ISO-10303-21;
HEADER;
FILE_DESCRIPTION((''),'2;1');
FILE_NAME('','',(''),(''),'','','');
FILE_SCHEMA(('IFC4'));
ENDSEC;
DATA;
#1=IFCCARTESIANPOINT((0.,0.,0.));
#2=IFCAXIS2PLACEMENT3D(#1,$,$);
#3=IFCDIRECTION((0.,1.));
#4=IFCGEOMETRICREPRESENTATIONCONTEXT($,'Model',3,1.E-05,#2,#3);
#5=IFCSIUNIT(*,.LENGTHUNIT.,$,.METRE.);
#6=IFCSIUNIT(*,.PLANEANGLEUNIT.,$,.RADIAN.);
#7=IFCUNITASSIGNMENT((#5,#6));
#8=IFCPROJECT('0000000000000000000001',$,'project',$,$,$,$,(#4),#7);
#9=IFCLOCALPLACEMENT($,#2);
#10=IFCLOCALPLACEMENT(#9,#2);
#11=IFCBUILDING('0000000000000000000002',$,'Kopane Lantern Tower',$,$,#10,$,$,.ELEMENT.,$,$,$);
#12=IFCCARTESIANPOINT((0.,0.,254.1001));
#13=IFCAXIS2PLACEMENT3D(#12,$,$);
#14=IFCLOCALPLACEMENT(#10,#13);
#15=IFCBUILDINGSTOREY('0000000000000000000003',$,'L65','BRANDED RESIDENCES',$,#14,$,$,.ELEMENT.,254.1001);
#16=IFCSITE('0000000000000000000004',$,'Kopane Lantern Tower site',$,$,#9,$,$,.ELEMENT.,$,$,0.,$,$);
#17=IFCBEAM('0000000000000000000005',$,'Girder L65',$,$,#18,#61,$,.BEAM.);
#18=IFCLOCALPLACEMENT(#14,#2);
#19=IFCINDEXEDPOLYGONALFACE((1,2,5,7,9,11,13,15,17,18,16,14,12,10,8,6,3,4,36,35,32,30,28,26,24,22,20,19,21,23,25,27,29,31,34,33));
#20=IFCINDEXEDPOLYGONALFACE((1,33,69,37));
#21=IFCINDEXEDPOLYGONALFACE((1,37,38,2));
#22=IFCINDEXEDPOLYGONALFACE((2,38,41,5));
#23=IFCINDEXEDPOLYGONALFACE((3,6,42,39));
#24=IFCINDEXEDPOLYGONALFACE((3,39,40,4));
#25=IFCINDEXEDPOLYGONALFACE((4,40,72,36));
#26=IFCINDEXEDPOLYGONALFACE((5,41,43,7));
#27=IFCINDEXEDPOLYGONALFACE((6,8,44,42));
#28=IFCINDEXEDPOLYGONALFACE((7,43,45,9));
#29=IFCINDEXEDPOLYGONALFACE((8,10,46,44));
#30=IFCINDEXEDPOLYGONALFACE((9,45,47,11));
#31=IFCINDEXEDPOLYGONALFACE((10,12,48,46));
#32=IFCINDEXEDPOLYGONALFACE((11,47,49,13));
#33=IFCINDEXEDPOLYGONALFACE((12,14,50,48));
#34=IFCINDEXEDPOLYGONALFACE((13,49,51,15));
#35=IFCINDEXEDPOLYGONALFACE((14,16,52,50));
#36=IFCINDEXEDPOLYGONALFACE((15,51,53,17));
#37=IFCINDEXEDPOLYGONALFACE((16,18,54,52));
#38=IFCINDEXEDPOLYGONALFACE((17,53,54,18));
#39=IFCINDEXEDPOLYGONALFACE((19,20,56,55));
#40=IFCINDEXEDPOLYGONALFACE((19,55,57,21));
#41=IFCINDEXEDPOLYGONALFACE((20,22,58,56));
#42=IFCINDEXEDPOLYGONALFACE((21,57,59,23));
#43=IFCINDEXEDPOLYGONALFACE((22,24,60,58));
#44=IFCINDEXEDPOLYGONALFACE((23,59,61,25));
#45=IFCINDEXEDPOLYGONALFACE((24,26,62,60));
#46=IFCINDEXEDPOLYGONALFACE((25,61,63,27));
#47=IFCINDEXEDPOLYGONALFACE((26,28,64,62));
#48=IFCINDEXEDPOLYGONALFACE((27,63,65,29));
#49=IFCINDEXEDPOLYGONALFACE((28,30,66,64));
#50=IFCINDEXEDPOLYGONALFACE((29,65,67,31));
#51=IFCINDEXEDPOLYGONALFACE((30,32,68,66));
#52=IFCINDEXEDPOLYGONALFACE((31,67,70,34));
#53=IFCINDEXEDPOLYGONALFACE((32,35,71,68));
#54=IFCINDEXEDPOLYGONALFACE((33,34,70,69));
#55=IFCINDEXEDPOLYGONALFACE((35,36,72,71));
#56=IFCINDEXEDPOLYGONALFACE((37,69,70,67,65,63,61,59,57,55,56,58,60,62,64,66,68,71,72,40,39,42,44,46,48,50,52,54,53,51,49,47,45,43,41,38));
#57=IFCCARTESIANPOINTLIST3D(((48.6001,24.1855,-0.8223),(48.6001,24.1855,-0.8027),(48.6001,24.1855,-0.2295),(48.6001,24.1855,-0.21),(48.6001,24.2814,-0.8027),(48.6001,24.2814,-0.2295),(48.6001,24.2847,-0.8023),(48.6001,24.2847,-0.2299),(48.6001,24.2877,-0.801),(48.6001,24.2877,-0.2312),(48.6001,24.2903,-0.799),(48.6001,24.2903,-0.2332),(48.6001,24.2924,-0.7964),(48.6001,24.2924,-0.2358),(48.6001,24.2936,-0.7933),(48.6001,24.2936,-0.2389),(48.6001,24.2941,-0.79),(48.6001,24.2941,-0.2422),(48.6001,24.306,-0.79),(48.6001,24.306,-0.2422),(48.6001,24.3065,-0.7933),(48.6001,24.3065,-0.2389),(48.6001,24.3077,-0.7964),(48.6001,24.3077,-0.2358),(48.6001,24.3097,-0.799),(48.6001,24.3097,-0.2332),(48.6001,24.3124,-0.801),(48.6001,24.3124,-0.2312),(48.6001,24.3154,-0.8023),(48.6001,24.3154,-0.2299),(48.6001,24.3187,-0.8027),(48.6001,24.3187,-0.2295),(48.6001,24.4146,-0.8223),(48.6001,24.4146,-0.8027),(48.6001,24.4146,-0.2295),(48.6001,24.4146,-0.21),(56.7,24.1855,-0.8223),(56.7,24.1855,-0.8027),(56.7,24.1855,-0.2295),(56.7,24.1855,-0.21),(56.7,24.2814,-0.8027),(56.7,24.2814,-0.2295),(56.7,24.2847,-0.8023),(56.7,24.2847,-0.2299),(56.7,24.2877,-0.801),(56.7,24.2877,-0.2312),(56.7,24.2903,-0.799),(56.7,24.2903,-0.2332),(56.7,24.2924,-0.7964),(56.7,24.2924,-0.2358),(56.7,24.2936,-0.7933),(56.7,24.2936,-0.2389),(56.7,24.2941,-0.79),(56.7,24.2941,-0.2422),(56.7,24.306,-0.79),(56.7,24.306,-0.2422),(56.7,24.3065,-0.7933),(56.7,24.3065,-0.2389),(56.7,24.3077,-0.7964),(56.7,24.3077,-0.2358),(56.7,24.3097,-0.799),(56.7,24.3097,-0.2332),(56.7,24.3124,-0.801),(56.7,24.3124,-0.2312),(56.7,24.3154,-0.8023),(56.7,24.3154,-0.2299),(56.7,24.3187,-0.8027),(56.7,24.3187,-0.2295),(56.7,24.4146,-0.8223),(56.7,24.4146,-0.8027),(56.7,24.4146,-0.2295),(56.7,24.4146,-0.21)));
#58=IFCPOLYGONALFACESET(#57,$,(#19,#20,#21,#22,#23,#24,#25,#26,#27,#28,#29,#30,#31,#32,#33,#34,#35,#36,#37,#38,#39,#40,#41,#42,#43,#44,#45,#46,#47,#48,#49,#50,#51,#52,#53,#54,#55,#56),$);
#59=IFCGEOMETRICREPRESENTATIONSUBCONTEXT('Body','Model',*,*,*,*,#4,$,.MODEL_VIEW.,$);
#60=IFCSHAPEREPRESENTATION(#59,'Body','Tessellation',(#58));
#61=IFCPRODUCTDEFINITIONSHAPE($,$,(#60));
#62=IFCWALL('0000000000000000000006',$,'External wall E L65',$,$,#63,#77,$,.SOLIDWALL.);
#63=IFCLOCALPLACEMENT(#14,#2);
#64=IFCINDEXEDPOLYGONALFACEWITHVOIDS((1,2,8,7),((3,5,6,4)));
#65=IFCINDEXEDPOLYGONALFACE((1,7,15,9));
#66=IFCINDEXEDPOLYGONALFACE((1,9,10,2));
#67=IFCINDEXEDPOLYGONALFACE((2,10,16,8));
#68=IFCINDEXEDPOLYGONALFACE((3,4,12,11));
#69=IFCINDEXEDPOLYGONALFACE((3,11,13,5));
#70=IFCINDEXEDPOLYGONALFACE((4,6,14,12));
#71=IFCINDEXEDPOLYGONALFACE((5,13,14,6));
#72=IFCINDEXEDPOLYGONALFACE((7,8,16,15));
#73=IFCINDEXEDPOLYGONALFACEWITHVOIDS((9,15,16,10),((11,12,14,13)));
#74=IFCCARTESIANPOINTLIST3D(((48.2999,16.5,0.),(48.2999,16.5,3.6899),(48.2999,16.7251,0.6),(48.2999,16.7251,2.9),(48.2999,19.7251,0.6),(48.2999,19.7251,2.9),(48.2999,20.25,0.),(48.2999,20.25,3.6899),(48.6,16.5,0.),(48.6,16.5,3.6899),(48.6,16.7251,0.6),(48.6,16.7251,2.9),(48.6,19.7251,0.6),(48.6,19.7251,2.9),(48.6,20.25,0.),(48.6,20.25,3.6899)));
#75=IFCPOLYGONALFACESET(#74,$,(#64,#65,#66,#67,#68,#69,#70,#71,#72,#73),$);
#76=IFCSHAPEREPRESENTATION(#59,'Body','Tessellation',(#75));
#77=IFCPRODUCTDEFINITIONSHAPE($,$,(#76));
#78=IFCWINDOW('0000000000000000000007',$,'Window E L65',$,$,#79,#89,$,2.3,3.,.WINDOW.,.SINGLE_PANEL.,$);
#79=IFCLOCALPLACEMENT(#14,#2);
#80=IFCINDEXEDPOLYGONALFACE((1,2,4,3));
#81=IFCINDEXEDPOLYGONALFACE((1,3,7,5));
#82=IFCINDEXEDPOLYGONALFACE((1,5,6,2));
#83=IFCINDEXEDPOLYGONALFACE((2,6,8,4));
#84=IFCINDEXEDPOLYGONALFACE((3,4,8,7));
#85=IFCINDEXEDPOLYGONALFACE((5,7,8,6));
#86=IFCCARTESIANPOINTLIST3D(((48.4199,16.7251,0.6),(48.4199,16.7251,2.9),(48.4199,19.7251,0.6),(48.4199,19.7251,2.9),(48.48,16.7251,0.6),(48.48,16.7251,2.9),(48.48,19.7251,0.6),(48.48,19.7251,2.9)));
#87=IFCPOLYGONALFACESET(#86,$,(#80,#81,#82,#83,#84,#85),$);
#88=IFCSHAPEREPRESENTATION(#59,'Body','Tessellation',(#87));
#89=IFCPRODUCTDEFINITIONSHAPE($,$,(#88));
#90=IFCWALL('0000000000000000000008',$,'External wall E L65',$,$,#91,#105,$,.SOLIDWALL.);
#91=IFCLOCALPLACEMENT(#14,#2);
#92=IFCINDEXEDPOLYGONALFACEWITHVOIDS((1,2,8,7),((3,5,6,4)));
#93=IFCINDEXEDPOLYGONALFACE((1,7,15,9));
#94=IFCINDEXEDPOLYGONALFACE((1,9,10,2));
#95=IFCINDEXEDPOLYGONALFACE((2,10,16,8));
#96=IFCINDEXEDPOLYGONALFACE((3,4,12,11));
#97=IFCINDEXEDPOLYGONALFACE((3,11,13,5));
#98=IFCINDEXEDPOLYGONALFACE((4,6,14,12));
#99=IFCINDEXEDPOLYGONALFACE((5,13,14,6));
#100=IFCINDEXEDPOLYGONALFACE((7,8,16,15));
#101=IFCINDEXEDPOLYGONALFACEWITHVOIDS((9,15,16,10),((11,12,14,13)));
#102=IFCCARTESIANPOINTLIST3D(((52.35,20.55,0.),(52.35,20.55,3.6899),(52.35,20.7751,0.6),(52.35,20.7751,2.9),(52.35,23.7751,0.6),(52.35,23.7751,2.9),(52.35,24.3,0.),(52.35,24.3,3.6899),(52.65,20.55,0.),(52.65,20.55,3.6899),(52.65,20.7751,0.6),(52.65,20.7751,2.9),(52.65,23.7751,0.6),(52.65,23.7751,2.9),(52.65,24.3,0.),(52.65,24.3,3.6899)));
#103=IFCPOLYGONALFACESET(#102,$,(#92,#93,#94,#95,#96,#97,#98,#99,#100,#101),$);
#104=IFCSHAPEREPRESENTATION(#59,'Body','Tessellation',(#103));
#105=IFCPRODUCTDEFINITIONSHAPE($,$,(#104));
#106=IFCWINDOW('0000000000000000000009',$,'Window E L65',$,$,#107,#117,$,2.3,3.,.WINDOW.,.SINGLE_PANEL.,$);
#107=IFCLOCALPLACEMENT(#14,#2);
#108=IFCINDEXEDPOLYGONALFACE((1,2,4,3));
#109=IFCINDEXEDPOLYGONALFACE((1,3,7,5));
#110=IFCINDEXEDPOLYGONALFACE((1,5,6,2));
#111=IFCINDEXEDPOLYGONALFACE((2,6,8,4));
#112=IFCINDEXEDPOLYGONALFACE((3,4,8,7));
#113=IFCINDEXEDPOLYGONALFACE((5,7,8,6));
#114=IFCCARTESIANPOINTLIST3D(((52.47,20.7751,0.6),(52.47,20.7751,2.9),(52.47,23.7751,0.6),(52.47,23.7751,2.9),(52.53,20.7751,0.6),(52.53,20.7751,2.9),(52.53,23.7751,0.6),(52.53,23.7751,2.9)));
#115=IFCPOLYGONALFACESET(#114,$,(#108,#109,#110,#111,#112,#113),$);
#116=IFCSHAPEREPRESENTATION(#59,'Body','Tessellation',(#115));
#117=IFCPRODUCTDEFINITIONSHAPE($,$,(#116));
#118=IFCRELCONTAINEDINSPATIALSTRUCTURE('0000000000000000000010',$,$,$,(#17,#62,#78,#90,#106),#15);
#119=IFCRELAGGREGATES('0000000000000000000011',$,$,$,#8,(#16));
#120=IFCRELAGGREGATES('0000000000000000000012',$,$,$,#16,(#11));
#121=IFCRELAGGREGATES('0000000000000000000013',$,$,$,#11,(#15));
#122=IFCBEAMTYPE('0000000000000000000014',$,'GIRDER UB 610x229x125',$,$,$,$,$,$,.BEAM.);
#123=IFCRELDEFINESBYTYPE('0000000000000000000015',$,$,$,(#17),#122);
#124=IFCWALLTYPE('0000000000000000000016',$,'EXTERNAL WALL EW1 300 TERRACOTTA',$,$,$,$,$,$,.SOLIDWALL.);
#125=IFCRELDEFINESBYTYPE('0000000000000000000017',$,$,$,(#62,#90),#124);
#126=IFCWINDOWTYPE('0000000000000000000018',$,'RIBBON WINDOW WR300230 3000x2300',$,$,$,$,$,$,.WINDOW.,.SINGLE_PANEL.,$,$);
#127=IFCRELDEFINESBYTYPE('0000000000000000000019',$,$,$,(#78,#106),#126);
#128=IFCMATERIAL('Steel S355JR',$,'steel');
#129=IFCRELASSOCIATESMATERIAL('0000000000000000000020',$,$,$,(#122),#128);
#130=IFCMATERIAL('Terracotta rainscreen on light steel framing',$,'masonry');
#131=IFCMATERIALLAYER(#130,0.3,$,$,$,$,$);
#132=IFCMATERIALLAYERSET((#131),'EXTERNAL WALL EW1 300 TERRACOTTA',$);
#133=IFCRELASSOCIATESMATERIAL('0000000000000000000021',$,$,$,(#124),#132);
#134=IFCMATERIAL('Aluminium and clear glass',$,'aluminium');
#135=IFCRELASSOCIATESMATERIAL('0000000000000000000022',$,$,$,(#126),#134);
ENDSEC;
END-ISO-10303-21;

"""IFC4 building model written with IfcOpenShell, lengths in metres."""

from ifc_helpers import new_model, si_unit, direction, frame, frame_2d, origin, origin_2d, place, context, subcontext, project, spatial, rectangle, i_section, extrude, material, layer, layer_set, material_profile, profile_set, type_object, element, fill, save


model = new_model("IFC4")

# Units and contexts
model_context = context("Model", 3, precision=1e-05, world=origin(), true_north=direction((0.0, 1.0)))
body_context = subcontext(model_context, "Body", "Model", "MODEL_VIEW")
ifc_project = project(units=[si_unit("LENGTHUNIT", "METRE"), si_unit("PLANEANGLEUNIT", "RADIAN")], contexts=[model_context])

# Site, building, storey
site_placement = place(None, origin())
site = spatial("IfcSite", under=ifc_project, at=site_placement, Name="Kopane Lantern Tower site", CompositionType="ELEMENT", RefElevation=0.0)
building_placement = place(site_placement, origin())
building = spatial("IfcBuilding", under=site, at=building_placement, Name="Kopane Lantern Tower", CompositionType="ELEMENT")
storey_placement = place(building_placement, frame((0.0, 0.0, 254.1001)))
storey = spatial("IfcBuildingStorey", under=building, at=storey_placement, Name="L65", Description="BRANDED RESIDENCES", CompositionType="ELEMENT", Elevation=254.1001)

# Beam
ifc_material_1 = material(Name="Steel S355JR", Category="steel")
ifc_material_profile_1 = material_profile(ifc_material_1, i_section(OverallWidth=0.229, OverallDepth=0.6123, WebThickness=0.012, FlangeThickness=0.0195, FilletRadius=0.0127, at=origin_2d()), Name="UB 610x229x125")
ifc_profile_set_1 = profile_set([ifc_material_profile_1], Name="Steel S355JR")
beam_type_1 = type_object("IfcBeamType", Name="GIRDER UB 610x229x125", PredefinedType="BEAM", material=ifc_profile_set_1)
for number, where, z_axis, x_axis, name in (
    (1, (48.6001, 24.3, -0.5161), (1.0, 0.0, 0.0), (0.0, 1.0, 0.0), "Girder L65"),
):
    element("IfcBeam", number, at=place(storey_placement, frame(where, z_axis=z_axis, x_axis=x_axis)), inside=storey, type_object=beam_type_1, Name=name, PredefinedType="BEAM", context=body_context, shape_type="SweptSolid", body=[
        extrude(i_section(OverallWidth=0.229, OverallDepth=0.6123, WebThickness=0.012, FlangeThickness=0.0195, FilletRadius=0.0127, at=origin_2d()), origin(), (0.0, 0.0, 1.0), 8.0999),
    ])

# Walls, openings, windows
ifc_material_2 = material(Name="Terracotta rainscreen on light steel framing", Category="masonry")
ifc_layer = layer(ifc_material_2, 0.3)
ifc_layer_set = layer_set([ifc_layer], Name="EXTERNAL WALL EW1 300 TERRACOTTA")
wall_type = type_object("IfcWallType", Name="EXTERNAL WALL EW1 300 TERRACOTTA", PredefinedType="SOLIDWALL", material=ifc_layer_set)
wall_1_placement = place(storey_placement, frame((48.45, 16.5, 0.0), z_axis=(0.0, 0.0, 1.0), x_axis=(0.0, 1.0, 0.0)))
wall_1 = element("IfcWall", 2, at=wall_1_placement, inside=storey, type_object=wall_type, Name="External wall E L65", PredefinedType="SOLIDWALL", context=body_context, shape_type="SweptSolid", body=[
    extrude(rectangle(XDim=3.75, YDim=0.3, at=frame_2d((1.875, 0.0))), origin(), (0.0, 0.0, 1.0), 3.6899),
])
opening_1_placement = place(wall_1_placement, frame((0.2251, 0.0, 0.6001)))
opening_1 = element("IfcOpeningElement", 3, at=opening_1_placement, cuts=wall_1, PredefinedType="OPENING", context=body_context, shape_type="SweptSolid", body=[
    extrude(rectangle(XDim=3.0, YDim=2.3, at=frame_2d((1.5, 1.1499))), frame((0.0, 0.1599, 0.0), z_axis=(0.0, -1.0, 0.0), x_axis=(1.0, 0.0, 0.0)), (0.0, 0.0, 1.0), 0.3201),
])
ifc_material_3 = material(Name="Aluminium and clear glass", Category="aluminium")
window_type = type_object("IfcWindowType", Name="RIBBON WINDOW WR300230 3000x2300", PartitioningType="SINGLE_PANEL", PredefinedType="WINDOW", material=ifc_material_3)
window_1_placement = place(opening_1_placement, origin())
window_1 = element("IfcWindow", 4, at=window_1_placement, inside=storey, type_object=window_type, Name="Window E L65", OverallHeight=2.3, OverallWidth=3.0, PartitioningType="SINGLE_PANEL", PredefinedType="WINDOW", context=body_context, shape_type="SweptSolid", body=[
    extrude(rectangle(XDim=3.0, YDim=2.3, at=frame_2d((1.5, 1.1499))), frame((0.0, 0.03, 0.0), z_axis=(0.0, -1.0, 0.0), x_axis=(1.0, 0.0, 0.0)), (0.0, 0.0, 1.0), 0.0601),
])
fill(opening_1, window_1)
wall_2_placement = place(storey_placement, frame((52.5, 20.55, 0.0), z_axis=(0.0, 0.0, 1.0), x_axis=(0.0, 1.0, 0.0)))
wall_2 = element("IfcWall", 5, at=wall_2_placement, inside=storey, type_object=wall_type, Name="External wall E L65", PredefinedType="SOLIDWALL", context=body_context, shape_type="SweptSolid", body=[
    extrude(rectangle(XDim=3.75, YDim=0.3, at=frame_2d((1.875, 0.0))), origin(), (0.0, 0.0, 1.0), 3.6899),
])
opening_2_placement = place(wall_2_placement, frame((0.2251, 0.0, 0.6001)))
opening_2 = element("IfcOpeningElement", 6, at=opening_2_placement, cuts=wall_2, PredefinedType="OPENING", context=body_context, shape_type="SweptSolid", body=[
    extrude(rectangle(XDim=3.0, YDim=2.3, at=frame_2d((1.5, 1.1499))), frame((0.0, 0.1599, 0.0), z_axis=(0.0, -1.0, 0.0), x_axis=(1.0, 0.0, 0.0)), (0.0, 0.0, 1.0), 0.3201),
])
window_2_placement = place(opening_2_placement, origin())
window_2 = element("IfcWindow", 7, at=window_2_placement, inside=storey, type_object=window_type, Name="Window E L65", OverallHeight=2.3, OverallWidth=3.0, PartitioningType="SINGLE_PANEL", PredefinedType="WINDOW", context=body_context, shape_type="SweptSolid", body=[
    extrude(rectangle(XDim=3.0, YDim=2.3, at=frame_2d((1.5, 1.1499))), frame((0.0, 0.03, 0.0), z_axis=(0.0, -1.0, 0.0), x_axis=(1.0, 0.0, 0.0)), (0.0, 0.0, 1.0), 0.0601),
])
fill(opening_2, window_2)

save(model, "model.ifc")
